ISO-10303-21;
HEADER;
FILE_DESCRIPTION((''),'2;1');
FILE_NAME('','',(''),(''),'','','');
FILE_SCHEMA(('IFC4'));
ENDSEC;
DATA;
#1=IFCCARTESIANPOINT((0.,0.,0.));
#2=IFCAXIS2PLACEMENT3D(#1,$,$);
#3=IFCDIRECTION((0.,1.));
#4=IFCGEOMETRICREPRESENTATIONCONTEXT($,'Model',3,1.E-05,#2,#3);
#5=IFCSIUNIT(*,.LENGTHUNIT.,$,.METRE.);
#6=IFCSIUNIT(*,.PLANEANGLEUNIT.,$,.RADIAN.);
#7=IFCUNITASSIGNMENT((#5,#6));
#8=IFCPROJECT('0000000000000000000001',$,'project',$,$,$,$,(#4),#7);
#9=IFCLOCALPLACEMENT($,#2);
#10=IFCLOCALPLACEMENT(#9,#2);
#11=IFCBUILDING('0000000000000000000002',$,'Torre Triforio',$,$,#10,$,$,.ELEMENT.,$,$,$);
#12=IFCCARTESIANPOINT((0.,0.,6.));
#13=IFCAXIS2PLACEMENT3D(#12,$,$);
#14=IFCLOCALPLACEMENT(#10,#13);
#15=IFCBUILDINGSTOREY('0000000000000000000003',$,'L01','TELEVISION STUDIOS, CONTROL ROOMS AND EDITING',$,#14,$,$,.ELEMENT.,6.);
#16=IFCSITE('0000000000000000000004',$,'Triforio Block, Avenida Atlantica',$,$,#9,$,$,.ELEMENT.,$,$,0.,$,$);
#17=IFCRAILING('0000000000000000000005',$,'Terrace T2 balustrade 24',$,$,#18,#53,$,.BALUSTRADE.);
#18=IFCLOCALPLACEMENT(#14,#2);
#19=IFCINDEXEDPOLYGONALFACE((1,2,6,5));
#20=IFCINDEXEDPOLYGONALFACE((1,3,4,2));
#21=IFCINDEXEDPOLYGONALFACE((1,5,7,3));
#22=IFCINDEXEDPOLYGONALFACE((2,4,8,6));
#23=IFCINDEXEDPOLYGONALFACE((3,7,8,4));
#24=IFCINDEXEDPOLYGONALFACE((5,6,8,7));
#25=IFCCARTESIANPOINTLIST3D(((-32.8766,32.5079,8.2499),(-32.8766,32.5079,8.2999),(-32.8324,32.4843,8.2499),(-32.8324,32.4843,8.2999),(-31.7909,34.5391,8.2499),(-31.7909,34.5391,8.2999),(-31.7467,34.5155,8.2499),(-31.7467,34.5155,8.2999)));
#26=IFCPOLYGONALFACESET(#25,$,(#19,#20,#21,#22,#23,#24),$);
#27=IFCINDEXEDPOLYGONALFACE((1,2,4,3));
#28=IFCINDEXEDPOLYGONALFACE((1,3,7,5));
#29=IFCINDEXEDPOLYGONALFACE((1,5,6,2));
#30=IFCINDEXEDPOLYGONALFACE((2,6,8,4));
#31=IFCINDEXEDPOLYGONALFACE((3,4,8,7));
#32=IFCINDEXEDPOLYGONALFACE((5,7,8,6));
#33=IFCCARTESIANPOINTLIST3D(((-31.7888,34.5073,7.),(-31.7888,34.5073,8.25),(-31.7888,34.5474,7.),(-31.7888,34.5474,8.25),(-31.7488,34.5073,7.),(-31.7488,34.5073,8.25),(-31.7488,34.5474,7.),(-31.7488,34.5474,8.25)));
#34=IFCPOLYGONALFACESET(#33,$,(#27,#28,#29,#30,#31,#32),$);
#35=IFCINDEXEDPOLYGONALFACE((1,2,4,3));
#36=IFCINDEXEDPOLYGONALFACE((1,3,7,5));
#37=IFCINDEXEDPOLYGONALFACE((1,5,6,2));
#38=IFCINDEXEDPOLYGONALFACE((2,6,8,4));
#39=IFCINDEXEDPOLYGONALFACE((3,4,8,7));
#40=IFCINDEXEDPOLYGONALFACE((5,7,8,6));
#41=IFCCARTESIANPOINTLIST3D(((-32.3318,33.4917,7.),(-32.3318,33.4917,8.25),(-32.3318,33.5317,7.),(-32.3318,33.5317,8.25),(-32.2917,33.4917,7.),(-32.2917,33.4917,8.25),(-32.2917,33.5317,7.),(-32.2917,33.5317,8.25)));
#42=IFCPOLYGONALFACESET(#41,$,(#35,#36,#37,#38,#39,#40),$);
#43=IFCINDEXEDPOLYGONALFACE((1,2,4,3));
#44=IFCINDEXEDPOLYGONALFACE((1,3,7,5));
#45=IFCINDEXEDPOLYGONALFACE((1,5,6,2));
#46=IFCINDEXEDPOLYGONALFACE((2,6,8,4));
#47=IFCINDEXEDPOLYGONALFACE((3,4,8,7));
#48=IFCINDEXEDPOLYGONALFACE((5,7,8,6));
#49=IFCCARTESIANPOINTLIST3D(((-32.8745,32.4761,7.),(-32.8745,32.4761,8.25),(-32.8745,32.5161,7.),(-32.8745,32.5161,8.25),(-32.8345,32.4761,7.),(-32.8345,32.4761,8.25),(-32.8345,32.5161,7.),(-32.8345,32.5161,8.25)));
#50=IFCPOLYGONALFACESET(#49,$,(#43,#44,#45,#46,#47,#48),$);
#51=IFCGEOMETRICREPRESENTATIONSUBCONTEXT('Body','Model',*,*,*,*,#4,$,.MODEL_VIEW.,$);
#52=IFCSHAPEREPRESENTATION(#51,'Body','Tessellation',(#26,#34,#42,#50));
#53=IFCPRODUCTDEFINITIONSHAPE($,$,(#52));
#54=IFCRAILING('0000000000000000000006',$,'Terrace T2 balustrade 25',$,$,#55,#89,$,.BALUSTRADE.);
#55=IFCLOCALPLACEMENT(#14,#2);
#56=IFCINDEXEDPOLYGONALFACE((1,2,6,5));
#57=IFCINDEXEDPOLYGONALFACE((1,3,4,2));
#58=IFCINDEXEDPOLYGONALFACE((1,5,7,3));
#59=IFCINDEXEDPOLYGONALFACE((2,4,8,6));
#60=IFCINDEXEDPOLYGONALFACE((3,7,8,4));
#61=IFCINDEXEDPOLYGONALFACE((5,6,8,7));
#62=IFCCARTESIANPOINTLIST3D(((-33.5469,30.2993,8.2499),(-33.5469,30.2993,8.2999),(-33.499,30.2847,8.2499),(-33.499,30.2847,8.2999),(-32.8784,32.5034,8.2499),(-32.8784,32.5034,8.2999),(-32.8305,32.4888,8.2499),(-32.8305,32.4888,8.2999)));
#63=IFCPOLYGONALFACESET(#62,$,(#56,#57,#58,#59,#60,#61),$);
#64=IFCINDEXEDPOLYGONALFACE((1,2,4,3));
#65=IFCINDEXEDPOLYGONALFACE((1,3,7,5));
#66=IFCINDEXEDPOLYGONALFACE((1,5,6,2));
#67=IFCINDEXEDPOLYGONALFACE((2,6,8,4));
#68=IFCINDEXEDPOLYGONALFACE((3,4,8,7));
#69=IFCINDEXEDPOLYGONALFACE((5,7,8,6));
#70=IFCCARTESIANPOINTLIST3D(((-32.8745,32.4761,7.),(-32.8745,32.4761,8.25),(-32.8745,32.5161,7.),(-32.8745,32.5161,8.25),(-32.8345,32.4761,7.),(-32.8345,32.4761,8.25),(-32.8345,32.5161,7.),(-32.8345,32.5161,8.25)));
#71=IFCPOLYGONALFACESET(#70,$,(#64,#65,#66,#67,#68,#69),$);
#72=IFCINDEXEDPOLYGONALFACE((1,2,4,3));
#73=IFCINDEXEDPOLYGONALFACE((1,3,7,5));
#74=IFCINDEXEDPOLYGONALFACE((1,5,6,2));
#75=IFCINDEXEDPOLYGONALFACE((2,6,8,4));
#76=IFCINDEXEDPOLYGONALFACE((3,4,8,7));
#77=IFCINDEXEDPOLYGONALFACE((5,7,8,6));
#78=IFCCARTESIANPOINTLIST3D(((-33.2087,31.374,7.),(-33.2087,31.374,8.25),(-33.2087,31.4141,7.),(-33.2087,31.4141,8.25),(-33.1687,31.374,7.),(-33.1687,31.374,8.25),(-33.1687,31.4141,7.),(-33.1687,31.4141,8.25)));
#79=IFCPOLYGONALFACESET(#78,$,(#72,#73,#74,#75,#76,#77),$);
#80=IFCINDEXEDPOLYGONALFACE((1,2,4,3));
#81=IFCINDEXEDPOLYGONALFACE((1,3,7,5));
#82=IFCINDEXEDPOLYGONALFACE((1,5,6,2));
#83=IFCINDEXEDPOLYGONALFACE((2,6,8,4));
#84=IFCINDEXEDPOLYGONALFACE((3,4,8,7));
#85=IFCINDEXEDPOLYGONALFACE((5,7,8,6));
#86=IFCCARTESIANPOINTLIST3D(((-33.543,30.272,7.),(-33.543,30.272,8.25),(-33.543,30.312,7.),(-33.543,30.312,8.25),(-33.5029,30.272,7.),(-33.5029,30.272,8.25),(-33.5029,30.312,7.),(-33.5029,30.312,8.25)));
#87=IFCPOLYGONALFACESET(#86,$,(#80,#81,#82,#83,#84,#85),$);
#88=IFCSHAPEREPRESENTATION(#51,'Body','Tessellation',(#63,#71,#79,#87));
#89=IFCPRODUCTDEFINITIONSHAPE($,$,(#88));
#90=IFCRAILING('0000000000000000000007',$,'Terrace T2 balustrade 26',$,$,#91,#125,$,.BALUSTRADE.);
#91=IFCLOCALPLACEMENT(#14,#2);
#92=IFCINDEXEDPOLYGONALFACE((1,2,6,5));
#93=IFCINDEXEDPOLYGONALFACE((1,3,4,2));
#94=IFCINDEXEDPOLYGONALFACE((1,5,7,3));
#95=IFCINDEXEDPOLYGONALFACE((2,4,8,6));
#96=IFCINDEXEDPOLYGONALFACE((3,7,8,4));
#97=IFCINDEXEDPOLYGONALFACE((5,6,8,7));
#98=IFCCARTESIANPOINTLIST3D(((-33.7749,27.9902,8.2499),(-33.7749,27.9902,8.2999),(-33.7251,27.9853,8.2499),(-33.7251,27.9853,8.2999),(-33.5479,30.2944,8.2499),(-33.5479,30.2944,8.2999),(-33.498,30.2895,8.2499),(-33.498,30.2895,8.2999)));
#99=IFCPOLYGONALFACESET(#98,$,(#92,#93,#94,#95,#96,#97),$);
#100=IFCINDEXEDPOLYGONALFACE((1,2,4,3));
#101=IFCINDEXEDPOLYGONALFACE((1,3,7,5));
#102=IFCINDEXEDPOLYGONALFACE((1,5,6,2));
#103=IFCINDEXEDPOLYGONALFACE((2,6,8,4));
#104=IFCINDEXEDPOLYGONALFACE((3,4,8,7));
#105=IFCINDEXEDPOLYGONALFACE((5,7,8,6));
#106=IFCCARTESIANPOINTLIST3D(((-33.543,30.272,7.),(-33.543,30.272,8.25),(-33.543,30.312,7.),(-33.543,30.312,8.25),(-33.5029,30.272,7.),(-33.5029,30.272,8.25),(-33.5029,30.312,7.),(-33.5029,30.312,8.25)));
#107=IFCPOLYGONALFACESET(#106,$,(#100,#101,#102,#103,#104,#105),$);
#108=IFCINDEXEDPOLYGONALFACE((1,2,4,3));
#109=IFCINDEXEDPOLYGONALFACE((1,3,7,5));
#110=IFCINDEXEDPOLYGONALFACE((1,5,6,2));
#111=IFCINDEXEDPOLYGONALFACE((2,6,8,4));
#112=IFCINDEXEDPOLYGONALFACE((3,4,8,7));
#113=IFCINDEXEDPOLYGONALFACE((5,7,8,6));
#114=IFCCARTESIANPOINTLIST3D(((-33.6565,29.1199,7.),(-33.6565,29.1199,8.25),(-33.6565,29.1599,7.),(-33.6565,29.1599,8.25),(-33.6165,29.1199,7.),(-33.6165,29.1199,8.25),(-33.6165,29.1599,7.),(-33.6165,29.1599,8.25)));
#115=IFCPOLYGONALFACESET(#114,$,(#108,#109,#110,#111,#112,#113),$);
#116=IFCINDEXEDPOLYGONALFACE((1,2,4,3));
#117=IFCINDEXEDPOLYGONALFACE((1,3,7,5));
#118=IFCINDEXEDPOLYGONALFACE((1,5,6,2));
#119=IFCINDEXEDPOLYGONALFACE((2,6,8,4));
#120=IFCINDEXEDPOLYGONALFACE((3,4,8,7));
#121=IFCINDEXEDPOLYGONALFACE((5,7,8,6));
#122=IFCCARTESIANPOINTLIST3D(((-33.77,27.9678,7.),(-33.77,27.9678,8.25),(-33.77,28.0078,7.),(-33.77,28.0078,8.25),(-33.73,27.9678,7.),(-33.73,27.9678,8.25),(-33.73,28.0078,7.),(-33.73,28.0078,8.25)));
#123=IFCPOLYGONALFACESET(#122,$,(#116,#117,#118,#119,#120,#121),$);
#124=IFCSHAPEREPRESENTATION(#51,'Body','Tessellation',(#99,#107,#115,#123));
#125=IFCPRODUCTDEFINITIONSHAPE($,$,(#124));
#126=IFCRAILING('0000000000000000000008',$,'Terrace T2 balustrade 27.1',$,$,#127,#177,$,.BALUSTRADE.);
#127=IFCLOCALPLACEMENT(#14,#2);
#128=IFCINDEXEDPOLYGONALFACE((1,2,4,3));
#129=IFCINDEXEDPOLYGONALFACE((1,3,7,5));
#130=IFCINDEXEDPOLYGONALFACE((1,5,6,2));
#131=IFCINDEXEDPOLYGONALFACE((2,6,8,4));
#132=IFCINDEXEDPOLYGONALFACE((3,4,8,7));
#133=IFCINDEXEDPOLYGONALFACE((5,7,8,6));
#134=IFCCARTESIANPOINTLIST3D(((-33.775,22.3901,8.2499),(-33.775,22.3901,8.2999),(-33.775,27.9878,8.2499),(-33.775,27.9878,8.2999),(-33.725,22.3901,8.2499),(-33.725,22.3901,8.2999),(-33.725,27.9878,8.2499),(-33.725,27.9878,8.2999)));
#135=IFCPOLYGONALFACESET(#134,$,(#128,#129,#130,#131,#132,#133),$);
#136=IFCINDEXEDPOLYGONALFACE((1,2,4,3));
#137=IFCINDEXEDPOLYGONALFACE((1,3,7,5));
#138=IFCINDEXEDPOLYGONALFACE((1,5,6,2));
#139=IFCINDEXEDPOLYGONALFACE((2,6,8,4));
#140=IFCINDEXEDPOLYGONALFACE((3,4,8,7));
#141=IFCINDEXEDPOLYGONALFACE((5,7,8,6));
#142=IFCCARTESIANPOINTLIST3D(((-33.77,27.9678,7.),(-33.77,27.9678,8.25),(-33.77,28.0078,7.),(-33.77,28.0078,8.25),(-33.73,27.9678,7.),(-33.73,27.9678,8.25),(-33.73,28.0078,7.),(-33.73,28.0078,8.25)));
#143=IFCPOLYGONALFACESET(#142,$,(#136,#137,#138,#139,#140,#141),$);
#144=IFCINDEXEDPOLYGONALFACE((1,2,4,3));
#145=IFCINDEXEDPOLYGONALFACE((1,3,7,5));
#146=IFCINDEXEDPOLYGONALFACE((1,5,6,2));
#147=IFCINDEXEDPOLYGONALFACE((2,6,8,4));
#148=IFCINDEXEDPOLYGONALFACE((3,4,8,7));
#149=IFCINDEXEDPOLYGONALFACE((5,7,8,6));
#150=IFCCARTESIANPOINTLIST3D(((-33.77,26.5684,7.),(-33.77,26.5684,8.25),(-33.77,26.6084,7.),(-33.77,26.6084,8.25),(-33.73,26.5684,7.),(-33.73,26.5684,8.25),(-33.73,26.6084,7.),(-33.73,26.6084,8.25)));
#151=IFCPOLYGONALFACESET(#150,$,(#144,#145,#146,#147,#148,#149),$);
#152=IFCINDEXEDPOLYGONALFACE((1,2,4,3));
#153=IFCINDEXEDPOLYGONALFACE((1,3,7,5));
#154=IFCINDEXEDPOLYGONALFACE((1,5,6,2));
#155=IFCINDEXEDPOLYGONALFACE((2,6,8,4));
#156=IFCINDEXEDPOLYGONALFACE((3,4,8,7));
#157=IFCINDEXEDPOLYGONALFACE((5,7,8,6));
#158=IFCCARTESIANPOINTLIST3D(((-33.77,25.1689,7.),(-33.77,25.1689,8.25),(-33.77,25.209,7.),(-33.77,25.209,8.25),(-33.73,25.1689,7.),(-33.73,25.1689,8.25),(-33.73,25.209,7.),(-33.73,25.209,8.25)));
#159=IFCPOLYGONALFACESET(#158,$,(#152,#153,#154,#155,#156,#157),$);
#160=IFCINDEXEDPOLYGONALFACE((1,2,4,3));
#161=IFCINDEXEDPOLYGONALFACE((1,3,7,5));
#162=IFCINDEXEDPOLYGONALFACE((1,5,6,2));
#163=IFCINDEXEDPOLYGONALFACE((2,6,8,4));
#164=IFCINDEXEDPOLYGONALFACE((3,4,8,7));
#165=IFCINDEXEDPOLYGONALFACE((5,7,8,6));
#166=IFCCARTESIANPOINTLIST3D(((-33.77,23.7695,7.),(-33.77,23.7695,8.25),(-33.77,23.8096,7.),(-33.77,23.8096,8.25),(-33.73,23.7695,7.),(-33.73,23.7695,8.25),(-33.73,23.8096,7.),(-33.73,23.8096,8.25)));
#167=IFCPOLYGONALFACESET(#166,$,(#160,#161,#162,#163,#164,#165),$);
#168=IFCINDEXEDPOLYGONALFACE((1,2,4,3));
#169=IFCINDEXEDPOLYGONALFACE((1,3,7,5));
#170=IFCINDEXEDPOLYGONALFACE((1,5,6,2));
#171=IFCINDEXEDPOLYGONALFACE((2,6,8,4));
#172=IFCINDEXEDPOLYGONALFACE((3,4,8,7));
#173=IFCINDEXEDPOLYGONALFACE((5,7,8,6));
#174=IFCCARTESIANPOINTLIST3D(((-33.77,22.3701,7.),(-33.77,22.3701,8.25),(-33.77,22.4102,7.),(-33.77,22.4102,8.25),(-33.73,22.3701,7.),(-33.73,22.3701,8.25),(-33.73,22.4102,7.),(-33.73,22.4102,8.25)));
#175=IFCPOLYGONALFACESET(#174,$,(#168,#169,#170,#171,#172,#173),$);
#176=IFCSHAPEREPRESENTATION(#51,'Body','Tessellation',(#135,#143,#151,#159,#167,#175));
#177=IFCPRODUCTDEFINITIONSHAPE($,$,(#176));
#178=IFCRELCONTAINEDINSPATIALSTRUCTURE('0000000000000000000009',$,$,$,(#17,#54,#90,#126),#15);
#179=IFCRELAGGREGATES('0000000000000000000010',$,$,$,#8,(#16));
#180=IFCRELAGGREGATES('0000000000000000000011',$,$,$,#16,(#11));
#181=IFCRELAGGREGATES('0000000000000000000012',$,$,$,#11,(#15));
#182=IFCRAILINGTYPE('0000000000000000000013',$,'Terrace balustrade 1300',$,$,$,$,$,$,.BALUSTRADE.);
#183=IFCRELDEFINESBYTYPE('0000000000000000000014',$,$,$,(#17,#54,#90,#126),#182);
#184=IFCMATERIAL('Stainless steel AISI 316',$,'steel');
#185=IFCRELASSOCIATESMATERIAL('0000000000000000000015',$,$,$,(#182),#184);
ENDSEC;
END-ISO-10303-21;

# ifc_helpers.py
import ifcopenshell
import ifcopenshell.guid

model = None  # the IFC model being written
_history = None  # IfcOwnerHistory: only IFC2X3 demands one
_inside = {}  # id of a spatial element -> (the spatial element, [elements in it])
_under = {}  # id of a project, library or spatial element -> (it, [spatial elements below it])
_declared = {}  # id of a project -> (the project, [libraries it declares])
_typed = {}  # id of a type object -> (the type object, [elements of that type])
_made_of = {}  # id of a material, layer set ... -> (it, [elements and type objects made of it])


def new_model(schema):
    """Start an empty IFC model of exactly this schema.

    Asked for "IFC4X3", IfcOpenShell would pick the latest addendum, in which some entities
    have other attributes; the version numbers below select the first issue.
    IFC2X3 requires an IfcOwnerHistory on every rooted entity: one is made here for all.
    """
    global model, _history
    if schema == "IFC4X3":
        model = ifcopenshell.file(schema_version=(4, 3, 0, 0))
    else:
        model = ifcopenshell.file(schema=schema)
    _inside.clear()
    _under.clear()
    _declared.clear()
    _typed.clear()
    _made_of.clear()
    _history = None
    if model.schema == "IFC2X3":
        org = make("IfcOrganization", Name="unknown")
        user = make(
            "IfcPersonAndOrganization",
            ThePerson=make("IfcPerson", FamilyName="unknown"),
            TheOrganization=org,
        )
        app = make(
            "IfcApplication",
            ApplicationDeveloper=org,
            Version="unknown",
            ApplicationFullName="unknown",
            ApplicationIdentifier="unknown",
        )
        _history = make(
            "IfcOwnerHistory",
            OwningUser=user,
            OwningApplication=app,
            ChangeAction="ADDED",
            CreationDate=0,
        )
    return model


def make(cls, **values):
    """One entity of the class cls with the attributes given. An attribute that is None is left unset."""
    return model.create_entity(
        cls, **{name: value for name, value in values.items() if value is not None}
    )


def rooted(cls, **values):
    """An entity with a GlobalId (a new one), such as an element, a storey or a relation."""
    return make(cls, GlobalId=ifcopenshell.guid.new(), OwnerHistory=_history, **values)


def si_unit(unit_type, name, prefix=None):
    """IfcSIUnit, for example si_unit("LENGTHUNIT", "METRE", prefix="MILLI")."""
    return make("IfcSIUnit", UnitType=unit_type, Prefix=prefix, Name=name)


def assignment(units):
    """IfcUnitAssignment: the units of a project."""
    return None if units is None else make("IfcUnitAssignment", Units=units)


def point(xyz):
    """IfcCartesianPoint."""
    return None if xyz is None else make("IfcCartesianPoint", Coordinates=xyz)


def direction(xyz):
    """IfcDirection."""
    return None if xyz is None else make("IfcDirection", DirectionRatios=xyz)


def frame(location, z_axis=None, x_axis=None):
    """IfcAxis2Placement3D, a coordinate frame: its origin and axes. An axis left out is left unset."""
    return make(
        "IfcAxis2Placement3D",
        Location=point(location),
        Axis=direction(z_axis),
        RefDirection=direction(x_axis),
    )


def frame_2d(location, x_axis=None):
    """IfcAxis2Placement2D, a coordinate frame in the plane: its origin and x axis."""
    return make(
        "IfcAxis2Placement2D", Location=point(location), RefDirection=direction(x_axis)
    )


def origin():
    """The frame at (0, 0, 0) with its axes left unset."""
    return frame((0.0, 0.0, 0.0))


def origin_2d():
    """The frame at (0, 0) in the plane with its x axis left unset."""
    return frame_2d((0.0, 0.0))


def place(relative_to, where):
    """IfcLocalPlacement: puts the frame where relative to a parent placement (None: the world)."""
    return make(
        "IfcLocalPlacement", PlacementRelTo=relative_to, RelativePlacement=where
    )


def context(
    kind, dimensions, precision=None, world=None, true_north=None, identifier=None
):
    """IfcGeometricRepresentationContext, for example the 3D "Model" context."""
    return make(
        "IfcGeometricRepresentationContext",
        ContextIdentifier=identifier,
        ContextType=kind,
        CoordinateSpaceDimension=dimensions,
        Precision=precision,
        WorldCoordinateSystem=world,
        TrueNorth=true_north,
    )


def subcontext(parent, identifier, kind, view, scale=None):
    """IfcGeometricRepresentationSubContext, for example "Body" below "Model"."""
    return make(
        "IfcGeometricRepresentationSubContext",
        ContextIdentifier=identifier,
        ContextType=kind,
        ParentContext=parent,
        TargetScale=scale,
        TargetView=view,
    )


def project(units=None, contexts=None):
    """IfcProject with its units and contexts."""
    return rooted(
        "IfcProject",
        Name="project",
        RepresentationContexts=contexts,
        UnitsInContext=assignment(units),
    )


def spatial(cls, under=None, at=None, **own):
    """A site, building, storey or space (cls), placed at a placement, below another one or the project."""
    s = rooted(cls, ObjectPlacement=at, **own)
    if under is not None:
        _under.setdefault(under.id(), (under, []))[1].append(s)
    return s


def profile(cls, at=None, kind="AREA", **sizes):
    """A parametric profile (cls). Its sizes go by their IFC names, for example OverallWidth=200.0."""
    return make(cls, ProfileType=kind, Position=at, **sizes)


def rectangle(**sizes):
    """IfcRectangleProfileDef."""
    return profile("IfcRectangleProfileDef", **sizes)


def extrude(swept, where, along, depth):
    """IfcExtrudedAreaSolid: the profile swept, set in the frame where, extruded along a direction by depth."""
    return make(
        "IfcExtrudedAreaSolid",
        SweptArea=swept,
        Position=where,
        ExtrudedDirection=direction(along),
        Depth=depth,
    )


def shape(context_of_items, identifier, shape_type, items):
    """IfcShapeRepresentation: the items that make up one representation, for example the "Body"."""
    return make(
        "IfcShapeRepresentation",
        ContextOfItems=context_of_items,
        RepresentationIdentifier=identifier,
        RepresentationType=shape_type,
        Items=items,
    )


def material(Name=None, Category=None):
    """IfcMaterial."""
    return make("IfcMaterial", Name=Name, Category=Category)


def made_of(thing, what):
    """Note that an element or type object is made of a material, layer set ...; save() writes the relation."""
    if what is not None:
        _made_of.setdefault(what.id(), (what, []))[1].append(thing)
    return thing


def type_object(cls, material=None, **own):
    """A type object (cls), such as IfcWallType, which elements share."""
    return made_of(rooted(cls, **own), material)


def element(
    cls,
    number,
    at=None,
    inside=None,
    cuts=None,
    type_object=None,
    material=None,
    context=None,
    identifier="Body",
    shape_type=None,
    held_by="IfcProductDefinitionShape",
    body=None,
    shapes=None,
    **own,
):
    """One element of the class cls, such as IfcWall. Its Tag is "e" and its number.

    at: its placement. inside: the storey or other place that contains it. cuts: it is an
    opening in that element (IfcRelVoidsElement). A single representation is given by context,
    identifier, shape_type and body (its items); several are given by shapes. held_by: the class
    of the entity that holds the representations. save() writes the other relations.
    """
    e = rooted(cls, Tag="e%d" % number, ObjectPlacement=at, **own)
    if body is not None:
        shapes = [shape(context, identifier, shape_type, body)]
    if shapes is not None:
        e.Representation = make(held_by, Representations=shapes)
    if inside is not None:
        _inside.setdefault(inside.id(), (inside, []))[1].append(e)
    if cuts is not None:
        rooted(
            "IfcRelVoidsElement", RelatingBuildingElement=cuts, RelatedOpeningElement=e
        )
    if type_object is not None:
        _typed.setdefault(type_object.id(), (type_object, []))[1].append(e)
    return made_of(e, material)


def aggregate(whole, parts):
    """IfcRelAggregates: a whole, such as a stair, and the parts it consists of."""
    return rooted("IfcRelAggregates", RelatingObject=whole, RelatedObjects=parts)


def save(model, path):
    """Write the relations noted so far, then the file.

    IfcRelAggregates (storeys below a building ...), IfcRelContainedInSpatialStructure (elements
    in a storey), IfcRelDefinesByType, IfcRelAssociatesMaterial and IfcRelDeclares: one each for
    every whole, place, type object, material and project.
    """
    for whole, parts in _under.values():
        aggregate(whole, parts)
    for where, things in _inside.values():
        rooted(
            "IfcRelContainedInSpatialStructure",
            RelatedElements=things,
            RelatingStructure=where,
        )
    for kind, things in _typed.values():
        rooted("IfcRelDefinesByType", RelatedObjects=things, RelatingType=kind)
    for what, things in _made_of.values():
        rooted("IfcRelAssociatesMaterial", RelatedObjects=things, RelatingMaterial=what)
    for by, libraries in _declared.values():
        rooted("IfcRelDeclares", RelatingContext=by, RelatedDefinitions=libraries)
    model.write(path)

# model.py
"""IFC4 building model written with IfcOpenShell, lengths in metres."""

from ifc_helpers import new_model, si_unit, direction, frame, origin, origin_2d, place, context, subcontext, project, spatial, rectangle, extrude, material, type_object, element, save


model = new_model("IFC4")

# Units and contexts
model_context = context("Model", 3, precision=1e-05, world=origin(), true_north=direction((0.0, 1.0)))
body_context = subcontext(model_context, "Body", "Model", "MODEL_VIEW")
ifc_project = project(units=[si_unit("LENGTHUNIT", "METRE"), si_unit("PLANEANGLEUNIT", "RADIAN")], contexts=[model_context])

# Site, building, storey
site_placement = place(None, origin())
site = spatial("IfcSite", under=ifc_project, at=site_placement, Name="Triforio Block, Avenida Atlantica", CompositionType="ELEMENT", RefElevation=0.0)
building_placement = place(site_placement, origin())
building = spatial("IfcBuilding", under=site, at=building_placement, Name="Torre Triforio", CompositionType="ELEMENT")
storey_placement = place(building_placement, frame((0.0, 0.0, 6.0)))
storey = spatial("IfcBuildingStorey", under=building, at=storey_placement, Name="L01", Description="TELEVISION STUDIOS, CONTROL ROOMS AND EDITING", CompositionType="ELEMENT", Elevation=6.0)

# Railings
ifc_material_1 = material(Name="Stainless steel AISI 316", Category="steel")
railing_type = type_object("IfcRailingType", Name="Terrace balustrade 1300", PredefinedType="BALUSTRADE", material=ifc_material_1)
railing_1_placement = place(storey_placement, frame((-31.7688, 34.5273, 7.0)))
element("IfcRailing", 1, at=railing_1_placement, inside=storey, type_object=railing_type, Name="Terrace T2 balustrade 24", PredefinedType="BALUSTRADE", context=body_context, shape_type="SweptSolid", body=[
    extrude(rectangle(XDim=0.05, YDim=0.05, at=origin_2d()), frame((0.0, 0.0, 1.2749), z_axis=(-0.471386, -0.881927, 0.0), x_axis=(0.881927, -0.471386, 0.0)), (0.0, 0.0, 1.0), 2.3032),
    extrude(rectangle(XDim=0.04, YDim=0.04, at=origin_2d()), origin(), (0.0, 0.0, 1.0), 1.25),
    extrude(rectangle(XDim=0.04, YDim=0.04, at=origin_2d()), frame((-0.543, -1.0156, 0.0)), (0.0, 0.0, 1.0), 1.25),
    extrude(rectangle(XDim=0.04, YDim=0.04, at=origin_2d()), frame((-1.0857, -2.0312, 0.0)), (0.0, 0.0, 1.0), 1.25),
])
railing_2_placement = place(storey_placement, frame((-32.8545, 32.4961, 7.0)))
element("IfcRailing", 2, at=railing_2_placement, inside=storey, type_object=railing_type, Name="Terrace T2 balustrade 25", PredefinedType="BALUSTRADE", context=body_context, shape_type="SweptSolid", body=[
    extrude(rectangle(XDim=0.05, YDim=0.05, at=origin_2d()), frame((0.0, 0.0, 1.2749), z_axis=(-0.290225, -0.956958, 0.0), x_axis=(0.956958, -0.290225, 0.0)), (0.0, 0.0, 1.0), 2.3032),
    extrude(rectangle(XDim=0.04, YDim=0.04, at=origin_2d()), origin(), (0.0, 0.0, 1.0), 1.25),
    extrude(rectangle(XDim=0.04, YDim=0.04, at=origin_2d()), frame((-0.3342, -1.1021, 0.0)), (0.0, 0.0, 1.0), 1.25),
    extrude(rectangle(XDim=0.04, YDim=0.04, at=origin_2d()), frame((-0.6685, -2.2041, 0.0)), (0.0, 0.0, 1.0), 1.25),
])
railing_3_placement = place(storey_placement, frame((-33.5229, 30.292, 7.0)))
element("IfcRailing", 3, at=railing_3_placement, inside=storey, type_object=railing_type, Name="Terrace T2 balustrade 26", PredefinedType="BALUSTRADE", context=body_context, shape_type="SweptSolid", body=[
    extrude(rectangle(XDim=0.05, YDim=0.05, at=origin_2d()), frame((0.0, 0.0, 1.2749), z_axis=(-0.098063, -0.99518, 0.0), x_axis=(0.99518, -0.098063, 0.0)), (0.0, 0.0, 1.0), 2.3154),
    extrude(rectangle(XDim=0.04, YDim=0.04, at=origin_2d()), origin(), (0.0, 0.0, 1.0), 1.25),
    extrude(rectangle(XDim=0.04, YDim=0.04, at=origin_2d()), frame((-0.1135, -1.1521, 0.0)), (0.0, 0.0, 1.0), 1.25),
    extrude(rectangle(XDim=0.04, YDim=0.04, at=origin_2d()), frame((-0.2271, -2.3042, 0.0)), (0.0, 0.0, 1.0), 1.25),
])
railing_4_placement = place(storey_placement, frame((-33.75, 27.9878, 7.0)))
element("IfcRailing", 4, at=railing_4_placement, inside=storey, type_object=railing_type, Name="Terrace T2 balustrade 27.1", PredefinedType="BALUSTRADE", context=body_context, shape_type="SweptSolid", body=[
    extrude(rectangle(XDim=0.05, YDim=0.05, at=origin_2d()), frame((0.0, 0.0, 1.2749), z_axis=(0.0, -1.0, 0.0), x_axis=(1.0, 0.0, 0.0)), (0.0, 0.0, 1.0), 5.5977),
    extrude(rectangle(XDim=0.04, YDim=0.04, at=origin_2d()), origin(), (0.0, 0.0, 1.0), 1.25),
    extrude(rectangle(XDim=0.04, YDim=0.04, at=origin_2d()), frame((0.0, -1.3994, 0.0)), (0.0, 0.0, 1.0), 1.25),
    extrude(rectangle(XDim=0.04, YDim=0.04, at=origin_2d()), frame((0.0, -2.7988, 0.0)), (0.0, 0.0, 1.0), 1.25),
    extrude(rectangle(XDim=0.04, YDim=0.04, at=origin_2d()), frame((0.0, -4.1982, 0.0)), (0.0, 0.0, 1.0), 1.25),
    extrude(rectangle(XDim=0.04, YDim=0.04, at=origin_2d()), frame((0.0, -5.5977, 0.0)), (0.0, 0.0, 1.0), 1.25),
])

save(model, "model.ifc")
